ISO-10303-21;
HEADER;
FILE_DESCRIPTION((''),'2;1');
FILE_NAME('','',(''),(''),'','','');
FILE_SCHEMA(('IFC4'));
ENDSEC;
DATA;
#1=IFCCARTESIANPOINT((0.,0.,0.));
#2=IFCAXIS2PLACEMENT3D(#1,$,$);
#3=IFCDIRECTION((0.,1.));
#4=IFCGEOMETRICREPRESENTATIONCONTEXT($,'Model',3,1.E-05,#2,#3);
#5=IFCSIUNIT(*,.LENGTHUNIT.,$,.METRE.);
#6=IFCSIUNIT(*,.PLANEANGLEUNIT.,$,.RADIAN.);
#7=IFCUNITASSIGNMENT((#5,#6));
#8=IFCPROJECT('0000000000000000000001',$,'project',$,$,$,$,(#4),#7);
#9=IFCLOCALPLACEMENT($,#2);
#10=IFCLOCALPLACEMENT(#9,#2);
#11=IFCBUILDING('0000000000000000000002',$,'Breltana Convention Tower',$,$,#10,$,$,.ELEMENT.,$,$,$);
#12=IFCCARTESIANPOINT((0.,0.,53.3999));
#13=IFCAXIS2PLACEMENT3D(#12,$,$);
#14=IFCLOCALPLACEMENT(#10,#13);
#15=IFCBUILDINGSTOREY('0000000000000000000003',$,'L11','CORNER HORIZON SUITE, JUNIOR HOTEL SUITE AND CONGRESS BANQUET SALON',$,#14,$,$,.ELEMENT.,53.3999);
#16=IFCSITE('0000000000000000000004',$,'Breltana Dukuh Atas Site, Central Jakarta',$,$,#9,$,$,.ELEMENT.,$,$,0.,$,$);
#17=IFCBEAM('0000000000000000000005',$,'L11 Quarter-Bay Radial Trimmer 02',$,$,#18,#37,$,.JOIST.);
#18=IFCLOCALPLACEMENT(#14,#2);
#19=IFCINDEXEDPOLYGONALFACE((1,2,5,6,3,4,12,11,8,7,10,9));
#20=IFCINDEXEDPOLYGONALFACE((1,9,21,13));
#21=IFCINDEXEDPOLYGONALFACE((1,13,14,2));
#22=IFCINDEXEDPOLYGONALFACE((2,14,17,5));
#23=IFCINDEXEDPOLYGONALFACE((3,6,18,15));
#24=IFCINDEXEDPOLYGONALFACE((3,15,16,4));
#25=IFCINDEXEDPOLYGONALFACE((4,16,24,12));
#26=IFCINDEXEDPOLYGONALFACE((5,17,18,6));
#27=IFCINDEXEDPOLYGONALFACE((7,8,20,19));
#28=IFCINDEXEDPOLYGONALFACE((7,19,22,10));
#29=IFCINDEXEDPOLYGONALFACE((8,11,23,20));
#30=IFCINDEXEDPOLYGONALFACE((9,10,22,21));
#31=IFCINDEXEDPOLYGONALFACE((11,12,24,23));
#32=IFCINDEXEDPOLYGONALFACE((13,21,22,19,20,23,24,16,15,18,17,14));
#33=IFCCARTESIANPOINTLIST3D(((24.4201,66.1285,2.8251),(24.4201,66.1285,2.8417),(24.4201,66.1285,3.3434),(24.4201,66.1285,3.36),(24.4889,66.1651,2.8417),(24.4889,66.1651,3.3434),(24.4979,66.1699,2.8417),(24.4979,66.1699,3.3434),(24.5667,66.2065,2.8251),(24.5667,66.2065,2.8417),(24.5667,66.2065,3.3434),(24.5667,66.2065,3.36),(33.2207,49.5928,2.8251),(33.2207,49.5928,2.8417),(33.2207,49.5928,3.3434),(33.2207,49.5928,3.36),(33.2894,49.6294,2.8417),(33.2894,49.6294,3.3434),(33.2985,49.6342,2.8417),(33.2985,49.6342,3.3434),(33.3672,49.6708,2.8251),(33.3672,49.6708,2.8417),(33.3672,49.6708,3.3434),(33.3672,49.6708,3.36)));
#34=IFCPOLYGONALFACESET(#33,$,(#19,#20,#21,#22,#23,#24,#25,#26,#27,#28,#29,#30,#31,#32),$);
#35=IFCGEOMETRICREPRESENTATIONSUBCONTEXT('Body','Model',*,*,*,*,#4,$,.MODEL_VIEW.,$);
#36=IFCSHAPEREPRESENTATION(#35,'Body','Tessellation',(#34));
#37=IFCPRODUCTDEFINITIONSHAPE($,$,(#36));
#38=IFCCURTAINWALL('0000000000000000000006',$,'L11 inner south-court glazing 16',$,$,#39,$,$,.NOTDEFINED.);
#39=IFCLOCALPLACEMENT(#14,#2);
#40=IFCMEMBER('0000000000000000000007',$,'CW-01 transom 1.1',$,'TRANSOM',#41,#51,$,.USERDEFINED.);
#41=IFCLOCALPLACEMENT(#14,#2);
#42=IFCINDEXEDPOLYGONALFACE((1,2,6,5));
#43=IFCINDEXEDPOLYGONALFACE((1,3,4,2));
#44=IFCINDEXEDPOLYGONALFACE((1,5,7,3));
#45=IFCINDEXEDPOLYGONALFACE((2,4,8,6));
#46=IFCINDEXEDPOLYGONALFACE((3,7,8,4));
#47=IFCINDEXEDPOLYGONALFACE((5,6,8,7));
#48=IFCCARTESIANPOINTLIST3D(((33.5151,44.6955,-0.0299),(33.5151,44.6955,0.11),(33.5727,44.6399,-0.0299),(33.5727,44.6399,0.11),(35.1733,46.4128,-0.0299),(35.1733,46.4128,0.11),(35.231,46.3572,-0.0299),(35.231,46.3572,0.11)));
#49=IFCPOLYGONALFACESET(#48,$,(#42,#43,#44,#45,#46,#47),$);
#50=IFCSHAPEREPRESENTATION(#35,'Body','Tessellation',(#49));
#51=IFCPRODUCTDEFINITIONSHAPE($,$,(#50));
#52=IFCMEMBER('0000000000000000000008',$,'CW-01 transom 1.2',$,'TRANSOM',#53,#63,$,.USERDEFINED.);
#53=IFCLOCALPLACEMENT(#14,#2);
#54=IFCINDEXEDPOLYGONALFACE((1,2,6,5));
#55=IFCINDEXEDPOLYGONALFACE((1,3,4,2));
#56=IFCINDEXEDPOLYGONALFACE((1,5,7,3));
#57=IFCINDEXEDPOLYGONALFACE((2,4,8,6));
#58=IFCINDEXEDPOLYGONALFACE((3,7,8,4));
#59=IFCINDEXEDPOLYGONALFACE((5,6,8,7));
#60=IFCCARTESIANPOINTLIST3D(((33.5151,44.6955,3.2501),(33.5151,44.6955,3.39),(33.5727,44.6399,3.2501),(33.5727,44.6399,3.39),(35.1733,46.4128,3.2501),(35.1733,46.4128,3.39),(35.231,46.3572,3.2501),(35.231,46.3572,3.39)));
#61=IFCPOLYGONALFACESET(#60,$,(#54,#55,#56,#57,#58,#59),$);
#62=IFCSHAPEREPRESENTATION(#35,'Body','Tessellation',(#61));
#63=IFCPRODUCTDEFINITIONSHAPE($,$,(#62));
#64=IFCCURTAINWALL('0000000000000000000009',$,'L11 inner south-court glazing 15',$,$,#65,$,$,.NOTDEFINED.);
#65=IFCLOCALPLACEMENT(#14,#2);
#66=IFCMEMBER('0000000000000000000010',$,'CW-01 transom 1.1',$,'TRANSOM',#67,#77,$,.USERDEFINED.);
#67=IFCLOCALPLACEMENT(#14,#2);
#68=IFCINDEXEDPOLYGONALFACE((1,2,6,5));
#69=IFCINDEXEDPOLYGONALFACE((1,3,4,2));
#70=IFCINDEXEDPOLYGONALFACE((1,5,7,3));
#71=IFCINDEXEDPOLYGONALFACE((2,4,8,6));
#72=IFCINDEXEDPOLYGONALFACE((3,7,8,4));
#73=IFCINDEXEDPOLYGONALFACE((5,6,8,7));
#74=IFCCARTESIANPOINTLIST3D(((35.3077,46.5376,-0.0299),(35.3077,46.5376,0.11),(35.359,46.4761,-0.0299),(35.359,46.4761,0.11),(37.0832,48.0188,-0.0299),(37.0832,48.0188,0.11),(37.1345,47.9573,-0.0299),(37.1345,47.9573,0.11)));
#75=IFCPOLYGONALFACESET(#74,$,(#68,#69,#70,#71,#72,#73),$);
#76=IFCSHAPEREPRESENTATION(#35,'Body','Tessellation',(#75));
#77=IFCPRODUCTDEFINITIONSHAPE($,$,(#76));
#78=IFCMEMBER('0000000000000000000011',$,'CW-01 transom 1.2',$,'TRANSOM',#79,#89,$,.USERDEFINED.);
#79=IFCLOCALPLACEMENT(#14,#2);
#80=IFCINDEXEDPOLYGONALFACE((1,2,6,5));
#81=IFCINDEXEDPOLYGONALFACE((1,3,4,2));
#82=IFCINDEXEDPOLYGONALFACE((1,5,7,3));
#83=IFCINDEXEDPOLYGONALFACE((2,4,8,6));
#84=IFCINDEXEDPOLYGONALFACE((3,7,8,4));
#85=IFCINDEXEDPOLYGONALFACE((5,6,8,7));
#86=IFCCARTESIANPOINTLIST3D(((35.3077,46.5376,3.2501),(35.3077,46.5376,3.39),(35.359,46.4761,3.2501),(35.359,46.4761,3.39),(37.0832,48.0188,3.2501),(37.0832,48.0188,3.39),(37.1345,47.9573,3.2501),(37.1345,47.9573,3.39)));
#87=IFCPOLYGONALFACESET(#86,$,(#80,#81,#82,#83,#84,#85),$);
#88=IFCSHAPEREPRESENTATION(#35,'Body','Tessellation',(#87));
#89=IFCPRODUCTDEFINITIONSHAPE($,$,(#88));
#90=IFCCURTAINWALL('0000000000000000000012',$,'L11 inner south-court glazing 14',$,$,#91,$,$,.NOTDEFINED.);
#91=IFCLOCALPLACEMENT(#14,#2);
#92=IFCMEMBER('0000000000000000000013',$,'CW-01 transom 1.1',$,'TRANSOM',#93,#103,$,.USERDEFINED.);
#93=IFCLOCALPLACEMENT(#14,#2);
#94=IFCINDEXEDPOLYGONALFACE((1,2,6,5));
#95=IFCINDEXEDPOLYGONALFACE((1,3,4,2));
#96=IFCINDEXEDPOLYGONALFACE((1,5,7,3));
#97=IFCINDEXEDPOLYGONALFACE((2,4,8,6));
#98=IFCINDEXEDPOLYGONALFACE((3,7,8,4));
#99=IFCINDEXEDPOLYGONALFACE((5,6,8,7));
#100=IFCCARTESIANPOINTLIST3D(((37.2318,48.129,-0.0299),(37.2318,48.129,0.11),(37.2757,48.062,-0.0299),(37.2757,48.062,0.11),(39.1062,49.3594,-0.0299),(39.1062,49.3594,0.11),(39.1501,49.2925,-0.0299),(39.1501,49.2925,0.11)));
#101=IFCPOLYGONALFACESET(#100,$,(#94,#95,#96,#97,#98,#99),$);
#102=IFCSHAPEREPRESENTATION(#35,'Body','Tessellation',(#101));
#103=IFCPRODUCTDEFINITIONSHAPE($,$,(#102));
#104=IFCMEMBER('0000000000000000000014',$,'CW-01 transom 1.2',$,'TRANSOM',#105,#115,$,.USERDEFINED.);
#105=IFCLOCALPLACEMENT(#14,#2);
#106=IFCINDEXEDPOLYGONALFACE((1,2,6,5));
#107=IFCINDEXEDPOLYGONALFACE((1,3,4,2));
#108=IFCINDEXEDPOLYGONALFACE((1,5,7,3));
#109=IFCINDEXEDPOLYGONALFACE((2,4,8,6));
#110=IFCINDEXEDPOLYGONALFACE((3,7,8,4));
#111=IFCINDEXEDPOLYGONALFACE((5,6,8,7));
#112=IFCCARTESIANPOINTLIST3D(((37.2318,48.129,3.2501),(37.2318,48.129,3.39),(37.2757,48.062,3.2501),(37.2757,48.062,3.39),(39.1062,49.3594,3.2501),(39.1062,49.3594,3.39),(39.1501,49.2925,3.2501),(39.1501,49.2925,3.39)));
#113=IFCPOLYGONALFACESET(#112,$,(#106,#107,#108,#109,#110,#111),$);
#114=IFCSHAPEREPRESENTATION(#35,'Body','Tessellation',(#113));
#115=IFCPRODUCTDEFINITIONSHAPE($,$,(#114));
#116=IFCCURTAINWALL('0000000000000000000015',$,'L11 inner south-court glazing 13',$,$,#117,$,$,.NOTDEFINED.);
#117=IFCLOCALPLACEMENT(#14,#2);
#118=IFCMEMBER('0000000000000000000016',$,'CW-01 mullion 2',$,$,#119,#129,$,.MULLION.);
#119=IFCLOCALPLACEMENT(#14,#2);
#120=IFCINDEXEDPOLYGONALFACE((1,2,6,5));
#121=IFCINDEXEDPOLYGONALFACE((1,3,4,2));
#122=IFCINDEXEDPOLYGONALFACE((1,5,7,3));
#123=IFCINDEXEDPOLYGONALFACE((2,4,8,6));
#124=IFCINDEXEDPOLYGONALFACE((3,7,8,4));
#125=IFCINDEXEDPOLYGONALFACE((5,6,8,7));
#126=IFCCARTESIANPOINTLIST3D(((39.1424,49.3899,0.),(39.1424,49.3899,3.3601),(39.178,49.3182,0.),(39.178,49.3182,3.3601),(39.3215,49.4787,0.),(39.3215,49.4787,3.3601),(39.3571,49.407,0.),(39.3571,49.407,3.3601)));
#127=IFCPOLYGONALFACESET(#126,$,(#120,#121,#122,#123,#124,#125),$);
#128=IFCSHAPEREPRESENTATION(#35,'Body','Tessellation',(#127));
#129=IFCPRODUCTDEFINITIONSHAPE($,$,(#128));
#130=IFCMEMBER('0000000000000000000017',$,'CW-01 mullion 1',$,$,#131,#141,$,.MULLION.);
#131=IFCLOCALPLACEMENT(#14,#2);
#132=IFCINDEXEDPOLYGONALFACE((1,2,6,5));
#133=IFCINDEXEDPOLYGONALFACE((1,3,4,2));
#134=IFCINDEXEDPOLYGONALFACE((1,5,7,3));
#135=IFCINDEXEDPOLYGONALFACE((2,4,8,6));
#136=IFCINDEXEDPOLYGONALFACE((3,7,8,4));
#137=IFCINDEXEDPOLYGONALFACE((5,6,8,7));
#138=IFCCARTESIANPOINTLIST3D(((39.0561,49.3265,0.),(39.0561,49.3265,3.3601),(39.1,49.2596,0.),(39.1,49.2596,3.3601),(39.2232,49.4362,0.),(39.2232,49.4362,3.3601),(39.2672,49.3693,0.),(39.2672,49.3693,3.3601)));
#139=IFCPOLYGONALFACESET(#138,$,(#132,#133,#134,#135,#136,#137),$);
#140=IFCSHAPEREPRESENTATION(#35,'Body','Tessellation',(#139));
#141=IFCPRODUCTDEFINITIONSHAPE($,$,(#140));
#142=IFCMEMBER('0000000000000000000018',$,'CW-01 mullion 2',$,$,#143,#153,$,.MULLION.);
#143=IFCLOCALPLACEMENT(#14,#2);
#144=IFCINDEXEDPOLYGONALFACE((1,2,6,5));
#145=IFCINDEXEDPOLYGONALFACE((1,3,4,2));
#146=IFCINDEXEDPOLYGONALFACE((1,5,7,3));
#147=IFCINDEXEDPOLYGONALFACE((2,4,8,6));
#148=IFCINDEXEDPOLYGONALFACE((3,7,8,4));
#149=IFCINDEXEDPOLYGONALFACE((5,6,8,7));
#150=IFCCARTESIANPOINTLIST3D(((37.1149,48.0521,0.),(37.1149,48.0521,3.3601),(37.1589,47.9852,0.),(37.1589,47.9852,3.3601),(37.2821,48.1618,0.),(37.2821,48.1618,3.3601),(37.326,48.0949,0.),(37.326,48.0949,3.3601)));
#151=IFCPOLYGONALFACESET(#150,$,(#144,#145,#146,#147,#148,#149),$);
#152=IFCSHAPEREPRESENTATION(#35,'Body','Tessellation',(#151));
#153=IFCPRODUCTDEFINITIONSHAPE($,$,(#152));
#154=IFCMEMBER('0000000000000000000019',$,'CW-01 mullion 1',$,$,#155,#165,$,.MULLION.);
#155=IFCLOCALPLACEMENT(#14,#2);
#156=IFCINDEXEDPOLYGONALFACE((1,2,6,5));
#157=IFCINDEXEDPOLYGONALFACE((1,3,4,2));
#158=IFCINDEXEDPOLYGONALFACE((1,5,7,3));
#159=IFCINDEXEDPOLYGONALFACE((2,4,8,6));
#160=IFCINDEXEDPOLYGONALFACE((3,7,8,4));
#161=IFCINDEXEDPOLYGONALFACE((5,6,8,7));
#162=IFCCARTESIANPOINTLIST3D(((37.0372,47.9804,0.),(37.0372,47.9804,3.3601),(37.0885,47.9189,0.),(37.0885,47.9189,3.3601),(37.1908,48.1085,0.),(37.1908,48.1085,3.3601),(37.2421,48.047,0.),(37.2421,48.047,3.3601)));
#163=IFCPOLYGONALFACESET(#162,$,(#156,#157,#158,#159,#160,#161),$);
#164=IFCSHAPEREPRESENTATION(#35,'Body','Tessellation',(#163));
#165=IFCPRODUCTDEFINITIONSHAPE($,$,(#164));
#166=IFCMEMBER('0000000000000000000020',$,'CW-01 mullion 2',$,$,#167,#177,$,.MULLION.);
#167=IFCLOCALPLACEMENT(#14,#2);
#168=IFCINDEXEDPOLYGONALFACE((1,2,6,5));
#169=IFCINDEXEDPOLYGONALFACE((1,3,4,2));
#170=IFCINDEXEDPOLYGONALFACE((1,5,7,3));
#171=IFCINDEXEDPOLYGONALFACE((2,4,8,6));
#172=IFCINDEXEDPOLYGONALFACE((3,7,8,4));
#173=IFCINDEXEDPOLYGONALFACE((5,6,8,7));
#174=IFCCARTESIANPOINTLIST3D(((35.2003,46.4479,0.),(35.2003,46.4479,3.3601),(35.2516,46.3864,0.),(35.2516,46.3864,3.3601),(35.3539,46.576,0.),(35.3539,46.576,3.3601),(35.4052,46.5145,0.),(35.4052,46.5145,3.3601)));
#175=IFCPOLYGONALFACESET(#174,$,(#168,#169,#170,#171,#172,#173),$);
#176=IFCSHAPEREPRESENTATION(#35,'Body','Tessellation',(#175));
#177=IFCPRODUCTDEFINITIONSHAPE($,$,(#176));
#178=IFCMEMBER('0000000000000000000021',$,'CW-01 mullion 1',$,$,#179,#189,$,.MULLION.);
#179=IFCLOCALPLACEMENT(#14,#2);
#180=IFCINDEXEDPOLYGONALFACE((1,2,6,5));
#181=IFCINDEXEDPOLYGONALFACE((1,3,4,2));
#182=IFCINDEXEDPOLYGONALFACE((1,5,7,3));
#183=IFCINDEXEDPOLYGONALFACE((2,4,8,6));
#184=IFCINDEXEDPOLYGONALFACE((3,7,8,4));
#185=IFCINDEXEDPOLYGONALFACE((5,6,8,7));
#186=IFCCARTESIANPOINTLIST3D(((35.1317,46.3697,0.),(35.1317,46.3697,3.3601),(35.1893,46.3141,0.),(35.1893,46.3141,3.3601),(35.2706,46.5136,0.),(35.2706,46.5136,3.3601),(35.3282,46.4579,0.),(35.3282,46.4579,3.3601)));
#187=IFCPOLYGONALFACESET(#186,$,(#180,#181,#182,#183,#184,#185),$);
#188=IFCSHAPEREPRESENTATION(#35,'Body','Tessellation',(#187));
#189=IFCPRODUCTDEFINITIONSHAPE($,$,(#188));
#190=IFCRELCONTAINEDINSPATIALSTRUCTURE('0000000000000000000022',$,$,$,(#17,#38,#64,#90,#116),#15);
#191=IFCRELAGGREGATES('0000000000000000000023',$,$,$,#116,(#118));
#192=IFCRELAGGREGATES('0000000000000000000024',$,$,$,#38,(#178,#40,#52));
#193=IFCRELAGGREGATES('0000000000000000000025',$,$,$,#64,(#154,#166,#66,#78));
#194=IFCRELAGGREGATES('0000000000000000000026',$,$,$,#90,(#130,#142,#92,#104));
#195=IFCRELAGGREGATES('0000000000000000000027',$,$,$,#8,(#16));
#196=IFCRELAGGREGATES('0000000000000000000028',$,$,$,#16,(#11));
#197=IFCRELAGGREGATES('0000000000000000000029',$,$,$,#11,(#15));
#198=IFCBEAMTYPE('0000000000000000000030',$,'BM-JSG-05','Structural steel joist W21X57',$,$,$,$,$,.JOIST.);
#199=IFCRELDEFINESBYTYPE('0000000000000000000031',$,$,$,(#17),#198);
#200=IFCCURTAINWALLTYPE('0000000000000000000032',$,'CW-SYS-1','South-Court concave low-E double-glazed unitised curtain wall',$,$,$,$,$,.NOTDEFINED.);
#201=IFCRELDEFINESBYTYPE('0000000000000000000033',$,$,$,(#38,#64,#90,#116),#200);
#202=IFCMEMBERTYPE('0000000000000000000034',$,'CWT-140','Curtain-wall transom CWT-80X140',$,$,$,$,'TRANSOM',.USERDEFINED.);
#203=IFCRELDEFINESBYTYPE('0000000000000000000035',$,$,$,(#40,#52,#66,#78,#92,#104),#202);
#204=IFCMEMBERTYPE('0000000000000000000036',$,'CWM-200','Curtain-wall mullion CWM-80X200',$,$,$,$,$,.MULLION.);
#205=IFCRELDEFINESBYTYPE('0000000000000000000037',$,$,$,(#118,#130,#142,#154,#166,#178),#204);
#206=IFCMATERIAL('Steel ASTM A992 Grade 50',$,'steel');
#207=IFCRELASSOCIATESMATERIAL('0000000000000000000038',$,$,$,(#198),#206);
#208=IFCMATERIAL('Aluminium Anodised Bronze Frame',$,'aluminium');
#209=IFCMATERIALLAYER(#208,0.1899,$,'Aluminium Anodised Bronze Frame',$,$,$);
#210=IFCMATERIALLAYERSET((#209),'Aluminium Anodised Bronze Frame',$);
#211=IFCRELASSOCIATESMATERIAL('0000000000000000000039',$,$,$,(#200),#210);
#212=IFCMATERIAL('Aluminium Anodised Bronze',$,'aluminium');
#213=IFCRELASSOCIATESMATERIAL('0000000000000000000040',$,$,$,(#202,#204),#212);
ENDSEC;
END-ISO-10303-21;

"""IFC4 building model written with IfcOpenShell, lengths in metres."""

from ifc_helpers import new_model, si_unit, direction, frame, origin, origin_2d, place, context, subcontext, project, spatial, rectangle, i_section, extrude, source, transform, mapped, material, layer, layer_set, material_profile, profile_set, type_object, type_shapes, element, aggregate, save


model = new_model("IFC4")

# Units and contexts
model_context = context("Model", 3, precision=1e-05, world=origin(), true_north=direction((0.0, 1.0)))
body_context = subcontext(model_context, "Body", "Model", "MODEL_VIEW")
ifc_project = project(units=[si_unit("LENGTHUNIT", "METRE"), si_unit("PLANEANGLEUNIT", "RADIAN")], contexts=[model_context])

# Site, building, storey
site_placement = place(None, origin())
site = spatial("IfcSite", under=ifc_project, at=site_placement, Name="Breltana Dukuh Atas Site, Central Jakarta", CompositionType="ELEMENT", RefElevation=0.0)
building_placement = place(site_placement, origin())
building = spatial("IfcBuilding", under=site, at=building_placement, Name="Breltana Convention Tower", CompositionType="ELEMENT")
storey_placement = place(building_placement, frame((0.0, 0.0, 53.3999)))
storey = spatial("IfcBuildingStorey", under=building, at=storey_placement, Name="L11", Description="CORNER HORIZON SUITE, JUNIOR HOTEL SUITE AND CONGRESS BANQUET SALON", CompositionType="ELEMENT", Elevation=53.3999)

# Beam
ifc_material_1 = material(Name="Steel ASTM A992 Grade 50", Category="steel")
ifc_material_profile_1 = material_profile(ifc_material_1, i_section(OverallWidth=0.166, OverallDepth=0.5349, WebThickness=0.0103, FlangeThickness=0.0166, at=origin_2d()), Name="W21X57")
ifc_profile_set_1 = profile_set([ifc_material_profile_1], Name="Steel ASTM A992 Grade 50")
beam_type_1 = type_object("IfcBeamType", Name="BM-JSG-05", Description="Structural steel joist W21X57", PredefinedType="JOIST", material=ifc_profile_set_1)
shared_shape_1 = source(origin(), body_context, "Body", "SweptSolid", [
    extrude(i_section(OverallWidth=0.166, OverallDepth=0.5349, WebThickness=0.0103, FlangeThickness=0.0166, at=origin_2d()), origin(), (0.0, 0.0, 1.0), 18.7317),
])
beam_1_placement = place(storey_placement, frame((33.2939, 49.6318, 3.0925), z_axis=(-0.46982, 0.882762, 0.0), x_axis=(-0.882762, -0.46982, 0.0)))
element("IfcBeam", 1, at=beam_1_placement, inside=storey, type_object=beam_type_1, Name="L11 Quarter-Bay Radial Trimmer 02", PredefinedType="JOIST", context=body_context, shape_type="MappedRepresentation", body=[
    mapped(shared_shape_1, transform((0.0, 0.0, 0.0), scale=1.0)),
])

# Curtain walls, members
ifc_material_2 = material(Name="Aluminium Anodised Bronze Frame", Category="aluminium")
ifc_layer_1 = layer(ifc_material_2, 0.1899, Name="Aluminium Anodised Bronze Frame")
ifc_layer_set_1 = layer_set([ifc_layer_1], Name="Aluminium Anodised Bronze Frame")
curtain_wall_type = type_object("IfcCurtainWallType", Name="CW-SYS-1", Description="South-Court concave low-E double-glazed unitised curtain wall", PredefinedType="NOTDEFINED", material=ifc_layer_set_1)
curtain_wall_1_placement = place(storey_placement, origin())
curtain_wall_1 = element("IfcCurtainWall", 2, at=curtain_wall_1_placement, inside=storey, type_object=curtain_wall_type, Name="L11 inner south-court glazing 16", PredefinedType="NOTDEFINED")
ifc_material_3 = material(Name="Aluminium Anodised Bronze", Category="aluminium")
ifc_material_profile_2 = material_profile(ifc_material_3, rectangle(XDim=0.0801, YDim=0.1399, at=origin_2d()), Name="CWT-80X140")
ifc_profile_set_2 = profile_set([ifc_material_profile_2], Name="Aluminium Anodised Bronze")
member_type_1 = type_object("IfcMemberType", Name="CWT-140", Description="Curtain-wall transom CWT-80X140", ElementType="TRANSOM", PredefinedType="USERDEFINED", material=ifc_profile_set_2)
shared_shape_2 = source(origin(), body_context, "Body", "SweptSolid", [
    extrude(rectangle(XDim=0.0801, YDim=0.1399, at=origin_2d()), origin(), (0.0, 0.0, 1.0), 2.3872),
])
type_shapes(member_type_1, [shared_shape_2])
member_1_placement = place(storey_placement, frame((35.2021, 46.385, 0.04), z_axis=(-0.694624, -0.719373, 0.0), x_axis=(0.719373, -0.694624, 0.0)))
member_1 = element("IfcMember", 3, at=member_1_placement, type_object=member_type_1, Name="CW-01 transom 1.1", ObjectType="TRANSOM", PredefinedType="USERDEFINED", context=body_context, shape_type="MappedRepresentation", body=[
    mapped(shared_shape_2, transform((0.0, 0.0, 0.0), scale=1.0)),
])
member_2_placement = place(storey_placement, frame((35.2021, 46.385, 3.3201), z_axis=(-0.694624, -0.719373, 0.0), x_axis=(0.719373, -0.694624, 0.0)))
member_2 = element("IfcMember", 4, at=member_2_placement, type_object=member_type_1, Name="CW-01 transom 1.2", ObjectType="TRANSOM", PredefinedType="USERDEFINED", context=body_context, shape_type="MappedRepresentation", body=[
    mapped(shared_shape_2, transform((0.0, 0.0, 0.0), scale=1.0)),
])
curtain_wall_2_placement = place(storey_placement, origin())
curtain_wall_2 = element("IfcCurtainWall", 5, at=curtain_wall_2_placement, inside=storey, type_object=curtain_wall_type, Name="L11 inner south-court glazing 15", PredefinedType="NOTDEFINED")
shared_shape_3 = source(origin(), body_context, "Body", "SweptSolid", [
    extrude(rectangle(XDim=0.0801, YDim=0.1399, at=origin_2d()), origin(), (0.0, 0.0, 1.0), 2.3123),
])
member_3_placement = place(storey_placement, frame((37.1089, 47.988, 0.04), z_axis=(-0.767901, -0.640569, 0.0), x_axis=(0.640569, -0.767901, 0.0)))
member_3 = element("IfcMember", 6, at=member_3_placement, type_object=member_type_1, Name="CW-01 transom 1.1", ObjectType="TRANSOM", PredefinedType="USERDEFINED", context=body_context, shape_type="MappedRepresentation", body=[
    mapped(shared_shape_3, transform((0.0, 0.0, 0.0), scale=1.0)),
])
member_4_placement = place(storey_placement, frame((37.1089, 47.988, 3.3201), z_axis=(-0.767901, -0.640569, 0.0), x_axis=(0.640569, -0.767901, 0.0)))
member_4 = element("IfcMember", 7, at=member_4_placement, type_object=member_type_1, Name="CW-01 transom 1.2", ObjectType="TRANSOM", PredefinedType="USERDEFINED", context=body_context, shape_type="MappedRepresentation", body=[
    mapped(shared_shape_3, transform((0.0, 0.0, 0.0), scale=1.0)),
])
curtain_wall_3_placement = place(storey_placement, origin())
curtain_wall_3 = element("IfcCurtainWall", 8, at=curtain_wall_3_placement, inside=storey, type_object=curtain_wall_type, Name="L11 inner south-court glazing 14", PredefinedType="NOTDEFINED")
shared_shape_4 = source(origin(), body_context, "Body", "SweptSolid", [
    extrude(rectangle(XDim=0.0801, YDim=0.1399, at=origin_2d()), origin(), (0.0, 0.0, 1.0), 2.2422),
])
member_5_placement = place(storey_placement, frame((39.1282, 49.3259, 0.04), z_axis=(-0.835982, -0.548756, 0.0), x_axis=(0.548756, -0.835982, 0.0)))
member_5 = element("IfcMember", 9, at=member_5_placement, type_object=member_type_1, Name="CW-01 transom 1.1", ObjectType="TRANSOM", PredefinedType="USERDEFINED", context=body_context, shape_type="MappedRepresentation", body=[
    mapped(shared_shape_4, transform((0.0, 0.0, 0.0), scale=1.0)),
])
member_6_placement = place(storey_placement, frame((39.1282, 49.3259, 3.3201), z_axis=(-0.835982, -0.548756, 0.0), x_axis=(0.548756, -0.835982, 0.0)))
member_6 = element("IfcMember", 10, at=member_6_placement, type_object=member_type_1, Name="CW-01 transom 1.2", ObjectType="TRANSOM", PredefinedType="USERDEFINED", context=body_context, shape_type="MappedRepresentation", body=[
    mapped(shared_shape_4, transform((0.0, 0.0, 0.0), scale=1.0)),
])

# Curtain wall, member
curtain_wall_4_placement = place(storey_placement, origin())
curtain_wall_4 = element("IfcCurtainWall", 11, at=curtain_wall_4_placement, inside=storey, type_object=curtain_wall_type, Name="L11 inner south-court glazing 13", PredefinedType="NOTDEFINED")
ifc_material_profile_3 = material_profile(ifc_material_3, rectangle(XDim=0.0801, YDim=0.2, at=origin_2d()), Name="CWM-80X200")
ifc_profile_set_3 = profile_set([ifc_material_profile_3], Name="Aluminium Anodised Bronze")
member_type_2 = type_object("IfcMemberType", Name="CWM-200", Description="Curtain-wall mullion CWM-80X200", PredefinedType="MULLION", material=ifc_profile_set_3)
shared_shape_5 = source(origin(), body_context, "Body", "SweptSolid", [
    extrude(rectangle(XDim=0.0801, YDim=0.2, at=origin_2d()), origin(), (0.0, 0.0, 1.0), 3.3601),
])
member_7_placement = place(storey_placement, frame((39.2498, 49.3984, 0.0), z_axis=(0.0, 0.0, 1.0), x_axis=(0.444118, -0.895968, 0.0)))
member_7 = element("IfcMember", 12, at=member_7_placement, type_object=member_type_2, Name="CW-01 mullion 2", PredefinedType="MULLION", context=body_context, shape_type="MappedRepresentation", body=[
    mapped(shared_shape_5, transform((0.0, 0.0, 0.0), scale=1.0)),
])
aggregate(curtain_wall_4, [member_7])

# Members
member_8_placement = place(storey_placement, frame((39.1616, 49.3479, 0.0), z_axis=(0.0, 0.0, 1.0), x_axis=(0.548778, -0.835968, 0.0)))
member_8 = element("IfcMember", 13, at=member_8_placement, type_object=member_type_2, Name="CW-01 mullion 1", PredefinedType="MULLION", context=body_context, shape_type="MappedRepresentation", body=[
    mapped(shared_shape_5, transform((0.0, 0.0, 0.0), scale=1.0)),
])
member_9_placement = place(storey_placement, frame((37.2205, 48.0735, 0.0), z_axis=(0.0, 0.0, 1.0), x_axis=(0.548778, -0.835968, 0.0)))
member_9 = element("IfcMember", 14, at=member_9_placement, type_object=member_type_2, Name="CW-01 mullion 2", PredefinedType="MULLION", context=body_context, shape_type="MappedRepresentation", body=[
    mapped(shared_shape_5, transform((0.0, 0.0, 0.0), scale=1.0)),
])
member_10_placement = place(storey_placement, frame((37.1396, 48.0137, 0.0), z_axis=(0.0, 0.0, 1.0), x_axis=(0.640523, -0.767939, 0.0)))
member_10 = element("IfcMember", 15, at=member_10_placement, type_object=member_type_2, Name="CW-01 mullion 1", PredefinedType="MULLION", context=body_context, shape_type="MappedRepresentation", body=[
    mapped(shared_shape_5, transform((0.0, 0.0, 0.0), scale=1.0)),
])
member_11_placement = place(storey_placement, frame((35.3027, 46.4812, 0.0), z_axis=(0.0, 0.0, 1.0), x_axis=(0.640523, -0.767939, 0.0)))
member_11 = element("IfcMember", 16, at=member_11_placement, type_object=member_type_2, Name="CW-01 mullion 2", PredefinedType="MULLION", context=body_context, shape_type="MappedRepresentation", body=[
    mapped(shared_shape_5, transform((0.0, 0.0, 0.0), scale=1.0)),
])
member_12_placement = place(storey_placement, frame((35.23, 46.4138, 0.0), z_axis=(0.0, 0.0, 1.0), x_axis=(0.719385, -0.694612, 0.0)))
member_12 = element("IfcMember", 17, at=member_12_placement, type_object=member_type_2, Name="CW-01 mullion 1", PredefinedType="MULLION", context=body_context, shape_type="MappedRepresentation", body=[
    mapped(shared_shape_5, transform((0.0, 0.0, 0.0), scale=1.0)),
])
aggregate(curtain_wall_1, [member_12, member_1, member_2])

aggregate(curtain_wall_2, [member_10, member_11, member_3, member_4])
aggregate(curtain_wall_3, [member_8, member_9, member_5, member_6])

save(model, "model.ifc")
